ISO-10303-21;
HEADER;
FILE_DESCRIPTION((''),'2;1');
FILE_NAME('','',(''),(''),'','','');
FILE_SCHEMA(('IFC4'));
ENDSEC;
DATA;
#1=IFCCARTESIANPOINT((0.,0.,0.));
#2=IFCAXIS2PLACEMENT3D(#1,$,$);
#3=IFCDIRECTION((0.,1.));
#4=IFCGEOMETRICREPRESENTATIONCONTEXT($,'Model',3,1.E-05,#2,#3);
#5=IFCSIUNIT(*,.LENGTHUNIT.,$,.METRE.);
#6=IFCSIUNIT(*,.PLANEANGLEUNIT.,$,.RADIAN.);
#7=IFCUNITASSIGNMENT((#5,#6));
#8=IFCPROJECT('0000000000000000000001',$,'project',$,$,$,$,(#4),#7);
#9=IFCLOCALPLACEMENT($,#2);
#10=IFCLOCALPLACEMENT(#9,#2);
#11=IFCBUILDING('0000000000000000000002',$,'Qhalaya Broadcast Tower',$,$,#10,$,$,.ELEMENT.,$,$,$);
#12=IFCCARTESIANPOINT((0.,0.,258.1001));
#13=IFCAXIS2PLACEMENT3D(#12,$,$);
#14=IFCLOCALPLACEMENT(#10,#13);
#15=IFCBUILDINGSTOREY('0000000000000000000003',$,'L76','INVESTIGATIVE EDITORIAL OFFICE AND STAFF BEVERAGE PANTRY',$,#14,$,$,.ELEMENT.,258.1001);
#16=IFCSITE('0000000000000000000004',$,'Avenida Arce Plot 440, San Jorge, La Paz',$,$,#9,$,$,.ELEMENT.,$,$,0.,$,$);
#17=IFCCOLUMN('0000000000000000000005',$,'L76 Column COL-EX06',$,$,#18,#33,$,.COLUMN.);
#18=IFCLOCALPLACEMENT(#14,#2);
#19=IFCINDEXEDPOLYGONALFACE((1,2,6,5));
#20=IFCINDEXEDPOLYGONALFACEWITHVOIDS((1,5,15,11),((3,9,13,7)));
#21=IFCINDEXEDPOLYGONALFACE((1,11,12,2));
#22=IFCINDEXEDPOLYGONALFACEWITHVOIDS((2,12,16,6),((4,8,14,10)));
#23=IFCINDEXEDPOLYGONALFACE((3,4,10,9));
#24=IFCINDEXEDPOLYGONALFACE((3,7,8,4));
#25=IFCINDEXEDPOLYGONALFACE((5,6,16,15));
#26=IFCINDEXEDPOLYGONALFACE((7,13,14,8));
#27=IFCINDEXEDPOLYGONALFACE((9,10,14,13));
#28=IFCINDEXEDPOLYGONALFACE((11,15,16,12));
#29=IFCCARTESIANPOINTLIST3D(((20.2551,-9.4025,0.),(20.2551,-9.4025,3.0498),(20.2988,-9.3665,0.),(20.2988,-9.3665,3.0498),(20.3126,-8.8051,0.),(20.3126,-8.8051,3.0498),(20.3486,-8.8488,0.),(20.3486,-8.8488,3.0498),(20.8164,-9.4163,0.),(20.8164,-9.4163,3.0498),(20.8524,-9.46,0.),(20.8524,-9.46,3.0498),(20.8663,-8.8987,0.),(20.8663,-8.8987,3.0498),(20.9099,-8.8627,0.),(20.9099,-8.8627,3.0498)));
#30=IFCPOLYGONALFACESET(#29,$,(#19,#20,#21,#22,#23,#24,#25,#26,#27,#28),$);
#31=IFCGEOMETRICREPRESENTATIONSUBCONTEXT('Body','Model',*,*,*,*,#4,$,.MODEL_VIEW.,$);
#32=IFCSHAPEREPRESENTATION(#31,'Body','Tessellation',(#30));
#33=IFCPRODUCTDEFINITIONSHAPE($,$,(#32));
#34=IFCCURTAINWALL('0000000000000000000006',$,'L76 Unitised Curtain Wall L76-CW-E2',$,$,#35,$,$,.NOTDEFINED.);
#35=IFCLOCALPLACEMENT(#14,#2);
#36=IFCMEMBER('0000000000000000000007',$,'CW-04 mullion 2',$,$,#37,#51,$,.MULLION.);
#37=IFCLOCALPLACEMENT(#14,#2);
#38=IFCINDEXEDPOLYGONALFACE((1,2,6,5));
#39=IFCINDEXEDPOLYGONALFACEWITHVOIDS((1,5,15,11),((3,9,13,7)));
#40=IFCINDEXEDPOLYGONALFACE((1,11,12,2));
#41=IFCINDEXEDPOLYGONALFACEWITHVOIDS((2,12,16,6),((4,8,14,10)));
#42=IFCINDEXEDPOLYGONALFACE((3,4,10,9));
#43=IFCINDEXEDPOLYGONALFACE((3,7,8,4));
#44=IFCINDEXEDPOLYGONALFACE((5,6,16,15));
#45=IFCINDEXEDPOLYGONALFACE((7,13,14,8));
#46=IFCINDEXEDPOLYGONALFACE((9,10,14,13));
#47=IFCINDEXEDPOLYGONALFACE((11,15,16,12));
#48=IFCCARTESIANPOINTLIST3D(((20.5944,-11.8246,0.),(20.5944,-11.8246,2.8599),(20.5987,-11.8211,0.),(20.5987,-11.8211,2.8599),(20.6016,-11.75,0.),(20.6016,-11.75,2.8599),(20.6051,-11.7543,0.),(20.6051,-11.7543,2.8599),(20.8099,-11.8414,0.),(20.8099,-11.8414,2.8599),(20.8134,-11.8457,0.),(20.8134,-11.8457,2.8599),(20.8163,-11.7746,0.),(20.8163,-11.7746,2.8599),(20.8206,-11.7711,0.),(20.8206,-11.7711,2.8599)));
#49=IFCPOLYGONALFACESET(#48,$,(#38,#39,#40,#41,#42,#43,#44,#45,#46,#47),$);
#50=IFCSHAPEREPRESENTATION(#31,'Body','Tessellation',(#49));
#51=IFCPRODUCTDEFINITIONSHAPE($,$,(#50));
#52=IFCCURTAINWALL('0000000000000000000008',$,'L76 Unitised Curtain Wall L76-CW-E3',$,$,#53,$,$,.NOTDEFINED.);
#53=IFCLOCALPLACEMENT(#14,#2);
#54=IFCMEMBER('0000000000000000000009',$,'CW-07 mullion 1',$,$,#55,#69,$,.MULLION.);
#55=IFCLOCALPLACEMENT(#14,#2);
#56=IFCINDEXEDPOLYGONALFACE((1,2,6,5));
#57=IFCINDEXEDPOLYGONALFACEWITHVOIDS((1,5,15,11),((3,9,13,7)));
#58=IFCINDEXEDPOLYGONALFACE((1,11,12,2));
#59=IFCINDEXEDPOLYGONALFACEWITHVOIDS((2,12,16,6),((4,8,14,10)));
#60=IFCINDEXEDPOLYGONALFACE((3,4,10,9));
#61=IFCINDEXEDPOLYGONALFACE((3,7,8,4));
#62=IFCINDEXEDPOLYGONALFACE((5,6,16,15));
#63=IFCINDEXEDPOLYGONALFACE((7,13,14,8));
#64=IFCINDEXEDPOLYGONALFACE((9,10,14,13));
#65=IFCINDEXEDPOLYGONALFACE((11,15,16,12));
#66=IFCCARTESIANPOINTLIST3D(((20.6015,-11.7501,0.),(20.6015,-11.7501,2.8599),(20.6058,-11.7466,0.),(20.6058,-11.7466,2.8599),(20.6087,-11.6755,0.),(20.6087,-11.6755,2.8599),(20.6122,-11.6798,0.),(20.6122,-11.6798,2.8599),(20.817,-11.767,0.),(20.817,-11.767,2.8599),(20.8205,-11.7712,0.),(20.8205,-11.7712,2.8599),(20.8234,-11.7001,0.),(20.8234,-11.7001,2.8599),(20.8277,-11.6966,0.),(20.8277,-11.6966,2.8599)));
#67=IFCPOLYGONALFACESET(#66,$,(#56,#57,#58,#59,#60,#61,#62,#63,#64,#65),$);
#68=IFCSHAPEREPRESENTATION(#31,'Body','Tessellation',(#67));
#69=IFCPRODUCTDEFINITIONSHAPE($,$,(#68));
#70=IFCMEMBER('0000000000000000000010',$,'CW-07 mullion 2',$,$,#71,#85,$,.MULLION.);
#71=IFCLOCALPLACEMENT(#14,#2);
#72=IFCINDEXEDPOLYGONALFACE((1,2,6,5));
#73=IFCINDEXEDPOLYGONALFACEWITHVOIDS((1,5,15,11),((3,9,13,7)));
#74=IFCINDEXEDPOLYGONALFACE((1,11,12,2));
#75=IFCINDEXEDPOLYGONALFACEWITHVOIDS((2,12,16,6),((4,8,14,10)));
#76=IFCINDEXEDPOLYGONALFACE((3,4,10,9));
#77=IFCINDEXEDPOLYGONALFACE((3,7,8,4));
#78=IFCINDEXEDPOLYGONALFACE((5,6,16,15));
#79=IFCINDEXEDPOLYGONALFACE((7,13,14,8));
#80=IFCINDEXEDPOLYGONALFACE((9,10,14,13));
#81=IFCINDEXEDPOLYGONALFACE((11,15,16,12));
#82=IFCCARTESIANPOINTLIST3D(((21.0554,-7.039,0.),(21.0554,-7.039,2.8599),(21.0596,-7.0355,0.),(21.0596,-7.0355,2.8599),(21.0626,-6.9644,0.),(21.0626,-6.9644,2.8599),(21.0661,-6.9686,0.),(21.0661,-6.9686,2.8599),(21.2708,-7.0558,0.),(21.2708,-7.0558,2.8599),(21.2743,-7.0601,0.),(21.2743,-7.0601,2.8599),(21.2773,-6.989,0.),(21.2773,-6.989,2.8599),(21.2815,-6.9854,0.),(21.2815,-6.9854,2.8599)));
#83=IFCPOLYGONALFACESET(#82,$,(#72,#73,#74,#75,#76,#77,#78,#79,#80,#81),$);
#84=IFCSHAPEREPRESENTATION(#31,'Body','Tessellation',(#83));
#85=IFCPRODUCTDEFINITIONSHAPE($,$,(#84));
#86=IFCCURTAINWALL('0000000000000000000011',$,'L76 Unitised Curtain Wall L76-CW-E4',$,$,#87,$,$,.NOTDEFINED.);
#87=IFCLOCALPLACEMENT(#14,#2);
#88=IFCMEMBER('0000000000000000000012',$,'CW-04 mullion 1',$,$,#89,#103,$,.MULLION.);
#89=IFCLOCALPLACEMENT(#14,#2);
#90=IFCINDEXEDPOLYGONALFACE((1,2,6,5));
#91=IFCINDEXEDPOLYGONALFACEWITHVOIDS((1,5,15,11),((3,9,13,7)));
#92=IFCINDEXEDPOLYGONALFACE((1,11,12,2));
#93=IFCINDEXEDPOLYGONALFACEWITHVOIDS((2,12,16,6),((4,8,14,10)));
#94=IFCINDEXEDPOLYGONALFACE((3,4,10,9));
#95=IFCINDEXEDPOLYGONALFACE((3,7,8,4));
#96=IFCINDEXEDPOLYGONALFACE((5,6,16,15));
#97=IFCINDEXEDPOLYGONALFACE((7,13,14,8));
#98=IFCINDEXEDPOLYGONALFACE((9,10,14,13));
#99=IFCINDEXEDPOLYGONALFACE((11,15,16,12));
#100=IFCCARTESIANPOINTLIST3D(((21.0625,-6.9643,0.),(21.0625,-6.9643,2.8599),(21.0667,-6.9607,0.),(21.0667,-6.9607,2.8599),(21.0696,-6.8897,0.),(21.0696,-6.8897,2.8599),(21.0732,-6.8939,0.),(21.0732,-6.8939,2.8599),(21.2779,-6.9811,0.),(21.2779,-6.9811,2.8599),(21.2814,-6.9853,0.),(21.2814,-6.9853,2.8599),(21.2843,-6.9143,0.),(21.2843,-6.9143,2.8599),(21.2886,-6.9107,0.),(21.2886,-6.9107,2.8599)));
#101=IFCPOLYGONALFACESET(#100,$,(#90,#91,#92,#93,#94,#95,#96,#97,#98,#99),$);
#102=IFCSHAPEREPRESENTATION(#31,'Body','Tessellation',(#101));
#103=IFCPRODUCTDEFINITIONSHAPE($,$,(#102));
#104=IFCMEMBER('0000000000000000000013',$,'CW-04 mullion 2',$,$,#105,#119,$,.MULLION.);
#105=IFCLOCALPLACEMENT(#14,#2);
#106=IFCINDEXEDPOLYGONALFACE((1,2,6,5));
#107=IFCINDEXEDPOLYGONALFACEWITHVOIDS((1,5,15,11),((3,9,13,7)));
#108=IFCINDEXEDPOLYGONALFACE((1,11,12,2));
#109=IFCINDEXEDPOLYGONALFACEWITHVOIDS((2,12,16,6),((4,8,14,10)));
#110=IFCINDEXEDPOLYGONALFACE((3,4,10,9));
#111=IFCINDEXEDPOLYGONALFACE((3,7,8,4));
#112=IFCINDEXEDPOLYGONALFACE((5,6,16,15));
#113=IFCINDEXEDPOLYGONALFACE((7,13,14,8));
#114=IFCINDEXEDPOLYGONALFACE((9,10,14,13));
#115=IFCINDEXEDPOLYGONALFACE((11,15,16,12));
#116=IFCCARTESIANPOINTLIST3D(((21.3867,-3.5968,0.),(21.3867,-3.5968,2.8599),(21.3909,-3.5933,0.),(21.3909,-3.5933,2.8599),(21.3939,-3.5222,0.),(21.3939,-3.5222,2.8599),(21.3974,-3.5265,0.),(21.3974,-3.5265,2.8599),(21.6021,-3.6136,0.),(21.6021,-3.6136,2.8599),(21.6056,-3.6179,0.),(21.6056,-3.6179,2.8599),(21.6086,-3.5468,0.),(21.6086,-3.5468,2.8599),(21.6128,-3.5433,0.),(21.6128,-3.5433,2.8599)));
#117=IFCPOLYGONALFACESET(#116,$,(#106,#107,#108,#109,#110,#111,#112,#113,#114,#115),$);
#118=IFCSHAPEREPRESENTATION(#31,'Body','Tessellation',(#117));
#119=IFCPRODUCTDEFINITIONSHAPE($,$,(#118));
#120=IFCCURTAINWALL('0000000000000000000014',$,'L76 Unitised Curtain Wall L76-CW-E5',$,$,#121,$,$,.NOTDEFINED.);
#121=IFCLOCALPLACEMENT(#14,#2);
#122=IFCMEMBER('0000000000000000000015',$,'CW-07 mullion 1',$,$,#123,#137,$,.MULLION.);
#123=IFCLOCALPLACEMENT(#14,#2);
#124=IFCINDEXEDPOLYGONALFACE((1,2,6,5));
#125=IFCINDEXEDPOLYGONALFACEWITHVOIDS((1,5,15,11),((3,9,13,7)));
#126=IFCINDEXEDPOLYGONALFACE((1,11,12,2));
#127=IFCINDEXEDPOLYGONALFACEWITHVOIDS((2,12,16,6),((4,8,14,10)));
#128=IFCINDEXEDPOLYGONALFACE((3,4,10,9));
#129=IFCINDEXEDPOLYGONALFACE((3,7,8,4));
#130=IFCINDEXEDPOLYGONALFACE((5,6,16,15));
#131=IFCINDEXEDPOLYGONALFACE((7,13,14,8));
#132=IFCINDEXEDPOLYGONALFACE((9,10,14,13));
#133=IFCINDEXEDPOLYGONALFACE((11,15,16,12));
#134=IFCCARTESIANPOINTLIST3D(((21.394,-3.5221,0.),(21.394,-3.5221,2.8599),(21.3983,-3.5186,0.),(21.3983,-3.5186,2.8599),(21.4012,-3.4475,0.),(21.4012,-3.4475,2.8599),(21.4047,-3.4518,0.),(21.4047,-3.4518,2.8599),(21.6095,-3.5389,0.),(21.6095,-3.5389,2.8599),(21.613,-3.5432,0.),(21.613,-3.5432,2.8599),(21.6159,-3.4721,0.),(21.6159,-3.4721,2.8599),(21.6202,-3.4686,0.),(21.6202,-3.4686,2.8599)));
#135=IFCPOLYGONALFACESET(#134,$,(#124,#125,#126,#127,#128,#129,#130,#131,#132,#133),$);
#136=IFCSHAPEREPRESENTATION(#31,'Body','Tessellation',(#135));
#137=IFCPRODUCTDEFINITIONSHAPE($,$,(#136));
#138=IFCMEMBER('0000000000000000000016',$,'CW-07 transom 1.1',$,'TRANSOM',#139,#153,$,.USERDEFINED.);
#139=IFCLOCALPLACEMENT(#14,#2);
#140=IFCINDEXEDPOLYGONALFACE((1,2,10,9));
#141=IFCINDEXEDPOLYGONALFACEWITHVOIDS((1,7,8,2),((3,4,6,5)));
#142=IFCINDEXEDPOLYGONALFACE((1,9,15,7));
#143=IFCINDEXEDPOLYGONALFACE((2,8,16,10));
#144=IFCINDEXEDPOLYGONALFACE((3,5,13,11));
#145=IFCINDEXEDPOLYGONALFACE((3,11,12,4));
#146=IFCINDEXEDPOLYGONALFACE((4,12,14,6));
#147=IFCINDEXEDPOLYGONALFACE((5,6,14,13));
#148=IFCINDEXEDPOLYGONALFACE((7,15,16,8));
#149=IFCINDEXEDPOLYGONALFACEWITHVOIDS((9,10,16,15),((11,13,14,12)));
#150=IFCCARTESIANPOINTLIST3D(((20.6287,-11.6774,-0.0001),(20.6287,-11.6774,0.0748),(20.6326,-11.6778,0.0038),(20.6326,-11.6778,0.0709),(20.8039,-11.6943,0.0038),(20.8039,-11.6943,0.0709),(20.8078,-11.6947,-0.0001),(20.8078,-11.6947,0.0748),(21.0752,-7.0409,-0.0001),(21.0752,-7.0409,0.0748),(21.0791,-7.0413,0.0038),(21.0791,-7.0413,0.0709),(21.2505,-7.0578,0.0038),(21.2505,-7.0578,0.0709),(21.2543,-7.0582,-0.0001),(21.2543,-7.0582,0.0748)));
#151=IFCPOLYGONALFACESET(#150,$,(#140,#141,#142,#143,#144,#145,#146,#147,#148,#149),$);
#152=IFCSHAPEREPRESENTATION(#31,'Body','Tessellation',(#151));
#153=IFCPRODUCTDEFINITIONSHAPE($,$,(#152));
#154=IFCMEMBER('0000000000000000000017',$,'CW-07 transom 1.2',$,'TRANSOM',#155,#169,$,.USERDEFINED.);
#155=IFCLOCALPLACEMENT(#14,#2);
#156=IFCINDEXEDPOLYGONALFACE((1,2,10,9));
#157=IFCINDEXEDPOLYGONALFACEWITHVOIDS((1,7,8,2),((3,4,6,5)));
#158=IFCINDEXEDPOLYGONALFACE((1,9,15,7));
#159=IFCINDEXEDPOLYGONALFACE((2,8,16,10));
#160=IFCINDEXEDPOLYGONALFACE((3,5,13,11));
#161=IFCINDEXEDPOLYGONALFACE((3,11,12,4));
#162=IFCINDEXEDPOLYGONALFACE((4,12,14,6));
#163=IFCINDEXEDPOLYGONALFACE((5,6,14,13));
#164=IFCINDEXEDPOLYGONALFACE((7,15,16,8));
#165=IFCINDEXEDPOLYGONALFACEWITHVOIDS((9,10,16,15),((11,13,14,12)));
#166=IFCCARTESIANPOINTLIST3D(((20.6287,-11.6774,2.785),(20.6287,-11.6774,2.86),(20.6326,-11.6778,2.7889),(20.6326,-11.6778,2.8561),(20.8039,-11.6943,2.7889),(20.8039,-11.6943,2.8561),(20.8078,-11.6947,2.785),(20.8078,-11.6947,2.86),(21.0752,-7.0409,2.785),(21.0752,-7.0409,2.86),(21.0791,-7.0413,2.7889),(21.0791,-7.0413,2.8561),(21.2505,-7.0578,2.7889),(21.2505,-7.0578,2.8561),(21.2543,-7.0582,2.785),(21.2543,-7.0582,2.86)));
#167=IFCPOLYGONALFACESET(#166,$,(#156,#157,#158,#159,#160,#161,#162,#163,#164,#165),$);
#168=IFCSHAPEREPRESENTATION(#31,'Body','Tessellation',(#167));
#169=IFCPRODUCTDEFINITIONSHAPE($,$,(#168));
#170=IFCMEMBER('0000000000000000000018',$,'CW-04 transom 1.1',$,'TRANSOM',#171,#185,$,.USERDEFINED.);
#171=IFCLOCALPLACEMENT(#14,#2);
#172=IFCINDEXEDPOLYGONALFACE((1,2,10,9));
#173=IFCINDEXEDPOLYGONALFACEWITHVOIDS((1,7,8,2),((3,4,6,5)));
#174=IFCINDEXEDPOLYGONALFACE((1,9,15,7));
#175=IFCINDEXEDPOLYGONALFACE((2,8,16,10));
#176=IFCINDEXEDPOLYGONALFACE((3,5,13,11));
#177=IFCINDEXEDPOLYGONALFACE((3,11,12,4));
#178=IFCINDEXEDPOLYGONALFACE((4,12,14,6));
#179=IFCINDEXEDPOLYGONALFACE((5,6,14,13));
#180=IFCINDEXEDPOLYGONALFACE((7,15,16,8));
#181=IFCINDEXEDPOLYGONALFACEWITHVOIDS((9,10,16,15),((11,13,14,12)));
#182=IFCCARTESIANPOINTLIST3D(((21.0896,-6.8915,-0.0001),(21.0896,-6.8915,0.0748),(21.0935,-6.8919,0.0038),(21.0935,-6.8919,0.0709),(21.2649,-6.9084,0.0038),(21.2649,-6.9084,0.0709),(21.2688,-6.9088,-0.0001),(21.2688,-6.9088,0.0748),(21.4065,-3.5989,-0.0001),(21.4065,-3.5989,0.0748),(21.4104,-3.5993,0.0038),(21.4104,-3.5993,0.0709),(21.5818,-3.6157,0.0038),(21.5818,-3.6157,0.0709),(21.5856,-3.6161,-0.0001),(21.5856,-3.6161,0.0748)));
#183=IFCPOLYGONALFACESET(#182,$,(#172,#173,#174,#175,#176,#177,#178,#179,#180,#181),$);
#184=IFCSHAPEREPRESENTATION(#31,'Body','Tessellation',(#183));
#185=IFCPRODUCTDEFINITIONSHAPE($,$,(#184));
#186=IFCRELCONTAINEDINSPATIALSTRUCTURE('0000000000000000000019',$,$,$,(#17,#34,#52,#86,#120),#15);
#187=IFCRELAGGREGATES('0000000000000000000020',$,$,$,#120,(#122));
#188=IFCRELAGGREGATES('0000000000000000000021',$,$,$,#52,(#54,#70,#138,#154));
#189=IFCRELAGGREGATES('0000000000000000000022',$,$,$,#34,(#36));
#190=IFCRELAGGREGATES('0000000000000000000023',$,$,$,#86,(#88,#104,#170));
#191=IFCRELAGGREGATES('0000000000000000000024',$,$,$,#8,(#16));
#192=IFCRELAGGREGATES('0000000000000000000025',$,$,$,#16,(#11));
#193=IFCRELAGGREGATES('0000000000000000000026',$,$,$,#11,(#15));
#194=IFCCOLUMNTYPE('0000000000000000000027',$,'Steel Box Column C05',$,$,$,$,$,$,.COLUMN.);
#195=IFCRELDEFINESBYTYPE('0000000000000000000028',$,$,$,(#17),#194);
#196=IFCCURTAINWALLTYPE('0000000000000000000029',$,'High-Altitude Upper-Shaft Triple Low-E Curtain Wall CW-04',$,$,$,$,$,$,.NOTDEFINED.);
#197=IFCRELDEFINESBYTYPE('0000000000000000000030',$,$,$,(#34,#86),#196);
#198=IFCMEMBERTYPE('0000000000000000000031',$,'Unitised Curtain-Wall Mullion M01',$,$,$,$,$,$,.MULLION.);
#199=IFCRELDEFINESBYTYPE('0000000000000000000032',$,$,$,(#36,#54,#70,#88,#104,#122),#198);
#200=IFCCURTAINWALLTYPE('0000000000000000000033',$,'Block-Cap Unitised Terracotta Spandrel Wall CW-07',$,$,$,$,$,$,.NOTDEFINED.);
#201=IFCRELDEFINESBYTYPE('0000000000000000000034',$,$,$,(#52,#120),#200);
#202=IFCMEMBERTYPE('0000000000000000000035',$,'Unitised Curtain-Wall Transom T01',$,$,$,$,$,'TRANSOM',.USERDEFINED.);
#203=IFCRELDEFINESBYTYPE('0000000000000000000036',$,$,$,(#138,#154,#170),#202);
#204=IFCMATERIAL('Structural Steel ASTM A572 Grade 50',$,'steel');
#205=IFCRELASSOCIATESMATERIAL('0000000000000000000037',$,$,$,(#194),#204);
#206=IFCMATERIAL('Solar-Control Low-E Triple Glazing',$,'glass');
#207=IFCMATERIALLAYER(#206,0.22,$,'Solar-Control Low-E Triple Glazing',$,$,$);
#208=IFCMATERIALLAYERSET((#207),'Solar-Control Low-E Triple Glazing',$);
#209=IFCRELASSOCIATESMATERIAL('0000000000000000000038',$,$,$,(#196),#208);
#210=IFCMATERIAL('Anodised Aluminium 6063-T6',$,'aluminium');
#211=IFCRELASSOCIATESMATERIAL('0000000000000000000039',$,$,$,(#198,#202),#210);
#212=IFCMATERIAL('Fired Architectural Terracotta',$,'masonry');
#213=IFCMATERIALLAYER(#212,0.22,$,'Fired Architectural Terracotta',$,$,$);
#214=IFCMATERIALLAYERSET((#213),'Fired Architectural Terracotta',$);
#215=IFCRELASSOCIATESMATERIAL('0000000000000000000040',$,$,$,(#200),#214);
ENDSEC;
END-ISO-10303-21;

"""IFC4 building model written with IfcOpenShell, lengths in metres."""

from ifc_helpers import new_model, si_unit, direction, frame, origin, origin_2d, place, context, subcontext, project, spatial, hollow_rectangle, extrude, material, layer, layer_set, material_profile, profile_set, type_object, element, aggregate, save


model = new_model("IFC4")

# Units and contexts
model_context = context("Model", 3, precision=1e-05, world=origin(), true_north=direction((0.0, 1.0)))
body_context = subcontext(model_context, "Body", "Model", "MODEL_VIEW")
ifc_project = project(units=[si_unit("LENGTHUNIT", "METRE"), si_unit("PLANEANGLEUNIT", "RADIAN")], contexts=[model_context])

# Site, building, storey
site_placement = place(None, origin())
site = spatial("IfcSite", under=ifc_project, at=site_placement, Name="Avenida Arce Plot 440, San Jorge, La Paz", CompositionType="ELEMENT", RefElevation=0.0)
building_placement = place(site_placement, origin())
building = spatial("IfcBuilding", under=site, at=building_placement, Name="Qhalaya Broadcast Tower", CompositionType="ELEMENT")
storey_placement = place(building_placement, frame((0.0, 0.0, 258.1001)))
storey = spatial("IfcBuildingStorey", under=building, at=storey_placement, Name="L76", Description="INVESTIGATIVE EDITORIAL OFFICE AND STAFF BEVERAGE PANTRY", CompositionType="ELEMENT", Elevation=258.1001)

# Column
ifc_material_1 = material(Name="Structural Steel ASTM A572 Grade 50", Category="steel")
ifc_material_profile_1 = material_profile(ifc_material_1, hollow_rectangle(XDim=0.6001, YDim=0.6001, WallThickness=0.04, at=origin_2d()), Name="BOX 600x600x40")
ifc_profile_set_1 = profile_set([ifc_material_profile_1], Name="Structural Steel ASTM A572 Grade 50")
column_type = type_object("IfcColumnType", Name="Steel Box Column C05", PredefinedType="COLUMN", material=ifc_profile_set_1)
column_placement = place(storey_placement, frame((20.5825, -9.1326, 0.0), z_axis=(0.0, 0.0, 1.0), x_axis=(0.095846, 0.995396, 0.0)))
element("IfcColumn", 1, at=column_placement, inside=storey, type_object=column_type, Name="L76 Column COL-EX06", PredefinedType="COLUMN", context=body_context, shape_type="SweptSolid", body=[
    extrude(hollow_rectangle(XDim=0.6001, YDim=0.6001, WallThickness=0.04, at=origin_2d()), origin(), (0.0, 0.0, 1.0), 3.0498),
])

# Curtain wall, member
ifc_material_2 = material(Name="Solar-Control Low-E Triple Glazing", Category="glass")
ifc_layer_1 = layer(ifc_material_2, 0.22, Name="Solar-Control Low-E Triple Glazing")
ifc_layer_set_1 = layer_set([ifc_layer_1], Name="Solar-Control Low-E Triple Glazing")
curtain_wall_type_1 = type_object("IfcCurtainWallType", Name="High-Altitude Upper-Shaft Triple Low-E Curtain Wall CW-04", PredefinedType="NOTDEFINED", material=ifc_layer_set_1)
curtain_wall_1_placement = place(storey_placement, origin())
curtain_wall_1 = element("IfcCurtainWall", 2, at=curtain_wall_1_placement, inside=storey, type_object=curtain_wall_type_1, Name="L76 Unitised Curtain Wall L76-CW-E2", PredefinedType="NOTDEFINED")
ifc_material_3 = material(Name="Anodised Aluminium 6063-T6", Category="aluminium")
ifc_material_profile_2 = material_profile(ifc_material_3, hollow_rectangle(XDim=0.075, YDim=0.22, WallThickness=0.0039, at=origin_2d()), Name="ALU-MUL 75x220x4")
ifc_profile_set_2 = profile_set([ifc_material_profile_2], Name="Anodised Aluminium 6063-T6")
member_type_1 = type_object("IfcMemberType", Name="Unitised Curtain-Wall Mullion M01", PredefinedType="MULLION", material=ifc_profile_set_2)
member_1_placement = place(storey_placement, frame((20.7075, -11.7979, 0.0), z_axis=(0.0, 0.0, 1.0), x_axis=(0.095836, 0.995397, 0.0)))
member_1 = element("IfcMember", 3, at=member_1_placement, type_object=member_type_1, Name="CW-04 mullion 2", PredefinedType="MULLION", context=body_context, shape_type="SweptSolid", body=[
    extrude(hollow_rectangle(XDim=0.075, YDim=0.22, WallThickness=0.0039, at=origin_2d()), origin(), (0.0, 0.0, 1.0), 2.8599),
])

# Curtain walls, members
ifc_material_4 = material(Name="Fired Architectural Terracotta", Category="masonry")
ifc_layer_2 = layer(ifc_material_4, 0.22, Name="Fired Architectural Terracotta")
ifc_layer_set_2 = layer_set([ifc_layer_2], Name="Fired Architectural Terracotta")
curtain_wall_type_2 = type_object("IfcCurtainWallType", Name="Block-Cap Unitised Terracotta Spandrel Wall CW-07", PredefinedType="NOTDEFINED", material=ifc_layer_set_2)
curtain_wall_2_placement = place(storey_placement, origin())
curtain_wall_2 = element("IfcCurtainWall", 4, at=curtain_wall_2_placement, inside=storey, type_object=curtain_wall_type_2, Name="L76 Unitised Curtain Wall L76-CW-E3", PredefinedType="NOTDEFINED")
member_2_placement = place(storey_placement, frame((20.7146, -11.7234, 0.0), z_axis=(0.0, 0.0, 1.0), x_axis=(0.095862, 0.995395, 0.0)))
member_2 = element("IfcMember", 5, at=member_2_placement, type_object=member_type_1, Name="CW-07 mullion 1", PredefinedType="MULLION", context=body_context, shape_type="SweptSolid", body=[
    extrude(hollow_rectangle(XDim=0.075, YDim=0.22, WallThickness=0.0039, at=origin_2d()), origin(), (0.0, 0.0, 1.0), 2.8599),
])
member_3_placement = place(storey_placement, frame((21.1685, -7.0122, 0.0), z_axis=(0.0, 0.0, 1.0), x_axis=(0.095862, 0.995395, 0.0)))
member_3 = element("IfcMember", 6, at=member_3_placement, type_object=member_type_1, Name="CW-07 mullion 2", PredefinedType="MULLION", context=body_context, shape_type="SweptSolid", body=[
    extrude(hollow_rectangle(XDim=0.075, YDim=0.22, WallThickness=0.0039, at=origin_2d()), origin(), (0.0, 0.0, 1.0), 2.8599),
])
curtain_wall_3_placement = place(storey_placement, origin())
curtain_wall_3 = element("IfcCurtainWall", 7, at=curtain_wall_3_placement, inside=storey, type_object=curtain_wall_type_1, Name="L76 Unitised Curtain Wall L76-CW-E4", PredefinedType="NOTDEFINED")
member_4_placement = place(storey_placement, frame((21.1755, -6.9375, 0.0), z_axis=(0.0, 0.0, 1.0), x_axis=(0.095835, 0.995397, 0.0)))
member_4 = element("IfcMember", 8, at=member_4_placement, type_object=member_type_1, Name="CW-04 mullion 1", PredefinedType="MULLION", context=body_context, shape_type="SweptSolid", body=[
    extrude(hollow_rectangle(XDim=0.075, YDim=0.22, WallThickness=0.0039, at=origin_2d()), origin(), (0.0, 0.0, 1.0), 2.8599),
])
member_5_placement = place(storey_placement, frame((21.4998, -3.5701, 0.0), z_axis=(0.0, 0.0, 1.0), x_axis=(0.095835, 0.995397, 0.0)))
member_5 = element("IfcMember", 9, at=member_5_placement, type_object=member_type_1, Name="CW-04 mullion 2", PredefinedType="MULLION", context=body_context, shape_type="SweptSolid", body=[
    extrude(hollow_rectangle(XDim=0.075, YDim=0.22, WallThickness=0.0039, at=origin_2d()), origin(), (0.0, 0.0, 1.0), 2.8599),
])

# Curtain wall, member
curtain_wall_4_placement = place(storey_placement, origin())
curtain_wall_4 = element("IfcCurtainWall", 10, at=curtain_wall_4_placement, inside=storey, type_object=curtain_wall_type_2, Name="L76 Unitised Curtain Wall L76-CW-E5", PredefinedType="NOTDEFINED")
member_6_placement = place(storey_placement, frame((21.5071, -3.4954, 0.0), z_axis=(0.0, 0.0, 1.0), x_axis=(0.09586, 0.995395, 0.0)))
member_6 = element("IfcMember", 11, at=member_6_placement, type_object=member_type_1, Name="CW-07 mullion 1", PredefinedType="MULLION", context=body_context, shape_type="SweptSolid", body=[
    extrude(hollow_rectangle(XDim=0.075, YDim=0.22, WallThickness=0.0039, at=origin_2d()), origin(), (0.0, 0.0, 1.0), 2.8599),
])

# Members
ifc_material_profile_3 = material_profile(ifc_material_3, hollow_rectangle(XDim=0.075, YDim=0.1799, WallThickness=0.0039, at=origin_2d()), Name="ALU-TRN 75x180x4")
ifc_profile_set_3 = profile_set([ifc_material_profile_3], Name="Anodised Aluminium 6063-T6")
member_type_2 = type_object("IfcMemberType", Name="Unitised Curtain-Wall Transom T01", ElementType="TRANSOM", PredefinedType="USERDEFINED", material=ifc_profile_set_3)
member_7_placement = place(storey_placement, frame((20.7183, -11.686, 0.0374), z_axis=(0.095865, 0.995394, 0.0), x_axis=(0.0, 0.0, 1.0)))
member_7 = element("IfcMember", 12, at=member_7_placement, type_object=member_type_2, Name="CW-07 transom 1.1", ObjectType="TRANSOM", PredefinedType="USERDEFINED", context=body_context, shape_type="SweptSolid", body=[
    extrude(hollow_rectangle(XDim=0.075, YDim=0.1799, WallThickness=0.0039, at=origin_2d()), origin(), (0.0, 0.0, 1.0), 4.658),
])
member_8_placement = place(storey_placement, frame((20.7183, -11.686, 2.8225), z_axis=(0.095865, 0.995394, 0.0), x_axis=(0.0, 0.0, 1.0)))
member_8 = element("IfcMember", 13, at=member_8_placement, type_object=member_type_2, Name="CW-07 transom 1.2", ObjectType="TRANSOM", PredefinedType="USERDEFINED", context=body_context, shape_type="SweptSolid", body=[
    extrude(hollow_rectangle(XDim=0.075, YDim=0.1799, WallThickness=0.0039, at=origin_2d()), origin(), (0.0, 0.0, 1.0), 4.658),
])
member_9_placement = place(storey_placement, frame((21.1792, -6.9001, 0.0374), z_axis=(0.095798, 0.995401, 0.0), x_axis=(0.0, 0.0, 1.0)))
member_9 = element("IfcMember", 14, at=member_9_placement, type_object=member_type_2, Name="CW-04 transom 1.1", ObjectType="TRANSOM", PredefinedType="USERDEFINED", context=body_context, shape_type="SweptSolid", body=[
    extrude(hollow_rectangle(XDim=0.075, YDim=0.1799, WallThickness=0.0039, at=origin_2d()), origin(), (0.0, 0.0, 1.0), 3.3079),
])
aggregate(curtain_wall_4, [member_6])

aggregate(curtain_wall_2, [member_2, member_3, member_7, member_8])
aggregate(curtain_wall_1, [member_1])
aggregate(curtain_wall_3, [member_4, member_5, member_9])

save(model, "model.ifc")
